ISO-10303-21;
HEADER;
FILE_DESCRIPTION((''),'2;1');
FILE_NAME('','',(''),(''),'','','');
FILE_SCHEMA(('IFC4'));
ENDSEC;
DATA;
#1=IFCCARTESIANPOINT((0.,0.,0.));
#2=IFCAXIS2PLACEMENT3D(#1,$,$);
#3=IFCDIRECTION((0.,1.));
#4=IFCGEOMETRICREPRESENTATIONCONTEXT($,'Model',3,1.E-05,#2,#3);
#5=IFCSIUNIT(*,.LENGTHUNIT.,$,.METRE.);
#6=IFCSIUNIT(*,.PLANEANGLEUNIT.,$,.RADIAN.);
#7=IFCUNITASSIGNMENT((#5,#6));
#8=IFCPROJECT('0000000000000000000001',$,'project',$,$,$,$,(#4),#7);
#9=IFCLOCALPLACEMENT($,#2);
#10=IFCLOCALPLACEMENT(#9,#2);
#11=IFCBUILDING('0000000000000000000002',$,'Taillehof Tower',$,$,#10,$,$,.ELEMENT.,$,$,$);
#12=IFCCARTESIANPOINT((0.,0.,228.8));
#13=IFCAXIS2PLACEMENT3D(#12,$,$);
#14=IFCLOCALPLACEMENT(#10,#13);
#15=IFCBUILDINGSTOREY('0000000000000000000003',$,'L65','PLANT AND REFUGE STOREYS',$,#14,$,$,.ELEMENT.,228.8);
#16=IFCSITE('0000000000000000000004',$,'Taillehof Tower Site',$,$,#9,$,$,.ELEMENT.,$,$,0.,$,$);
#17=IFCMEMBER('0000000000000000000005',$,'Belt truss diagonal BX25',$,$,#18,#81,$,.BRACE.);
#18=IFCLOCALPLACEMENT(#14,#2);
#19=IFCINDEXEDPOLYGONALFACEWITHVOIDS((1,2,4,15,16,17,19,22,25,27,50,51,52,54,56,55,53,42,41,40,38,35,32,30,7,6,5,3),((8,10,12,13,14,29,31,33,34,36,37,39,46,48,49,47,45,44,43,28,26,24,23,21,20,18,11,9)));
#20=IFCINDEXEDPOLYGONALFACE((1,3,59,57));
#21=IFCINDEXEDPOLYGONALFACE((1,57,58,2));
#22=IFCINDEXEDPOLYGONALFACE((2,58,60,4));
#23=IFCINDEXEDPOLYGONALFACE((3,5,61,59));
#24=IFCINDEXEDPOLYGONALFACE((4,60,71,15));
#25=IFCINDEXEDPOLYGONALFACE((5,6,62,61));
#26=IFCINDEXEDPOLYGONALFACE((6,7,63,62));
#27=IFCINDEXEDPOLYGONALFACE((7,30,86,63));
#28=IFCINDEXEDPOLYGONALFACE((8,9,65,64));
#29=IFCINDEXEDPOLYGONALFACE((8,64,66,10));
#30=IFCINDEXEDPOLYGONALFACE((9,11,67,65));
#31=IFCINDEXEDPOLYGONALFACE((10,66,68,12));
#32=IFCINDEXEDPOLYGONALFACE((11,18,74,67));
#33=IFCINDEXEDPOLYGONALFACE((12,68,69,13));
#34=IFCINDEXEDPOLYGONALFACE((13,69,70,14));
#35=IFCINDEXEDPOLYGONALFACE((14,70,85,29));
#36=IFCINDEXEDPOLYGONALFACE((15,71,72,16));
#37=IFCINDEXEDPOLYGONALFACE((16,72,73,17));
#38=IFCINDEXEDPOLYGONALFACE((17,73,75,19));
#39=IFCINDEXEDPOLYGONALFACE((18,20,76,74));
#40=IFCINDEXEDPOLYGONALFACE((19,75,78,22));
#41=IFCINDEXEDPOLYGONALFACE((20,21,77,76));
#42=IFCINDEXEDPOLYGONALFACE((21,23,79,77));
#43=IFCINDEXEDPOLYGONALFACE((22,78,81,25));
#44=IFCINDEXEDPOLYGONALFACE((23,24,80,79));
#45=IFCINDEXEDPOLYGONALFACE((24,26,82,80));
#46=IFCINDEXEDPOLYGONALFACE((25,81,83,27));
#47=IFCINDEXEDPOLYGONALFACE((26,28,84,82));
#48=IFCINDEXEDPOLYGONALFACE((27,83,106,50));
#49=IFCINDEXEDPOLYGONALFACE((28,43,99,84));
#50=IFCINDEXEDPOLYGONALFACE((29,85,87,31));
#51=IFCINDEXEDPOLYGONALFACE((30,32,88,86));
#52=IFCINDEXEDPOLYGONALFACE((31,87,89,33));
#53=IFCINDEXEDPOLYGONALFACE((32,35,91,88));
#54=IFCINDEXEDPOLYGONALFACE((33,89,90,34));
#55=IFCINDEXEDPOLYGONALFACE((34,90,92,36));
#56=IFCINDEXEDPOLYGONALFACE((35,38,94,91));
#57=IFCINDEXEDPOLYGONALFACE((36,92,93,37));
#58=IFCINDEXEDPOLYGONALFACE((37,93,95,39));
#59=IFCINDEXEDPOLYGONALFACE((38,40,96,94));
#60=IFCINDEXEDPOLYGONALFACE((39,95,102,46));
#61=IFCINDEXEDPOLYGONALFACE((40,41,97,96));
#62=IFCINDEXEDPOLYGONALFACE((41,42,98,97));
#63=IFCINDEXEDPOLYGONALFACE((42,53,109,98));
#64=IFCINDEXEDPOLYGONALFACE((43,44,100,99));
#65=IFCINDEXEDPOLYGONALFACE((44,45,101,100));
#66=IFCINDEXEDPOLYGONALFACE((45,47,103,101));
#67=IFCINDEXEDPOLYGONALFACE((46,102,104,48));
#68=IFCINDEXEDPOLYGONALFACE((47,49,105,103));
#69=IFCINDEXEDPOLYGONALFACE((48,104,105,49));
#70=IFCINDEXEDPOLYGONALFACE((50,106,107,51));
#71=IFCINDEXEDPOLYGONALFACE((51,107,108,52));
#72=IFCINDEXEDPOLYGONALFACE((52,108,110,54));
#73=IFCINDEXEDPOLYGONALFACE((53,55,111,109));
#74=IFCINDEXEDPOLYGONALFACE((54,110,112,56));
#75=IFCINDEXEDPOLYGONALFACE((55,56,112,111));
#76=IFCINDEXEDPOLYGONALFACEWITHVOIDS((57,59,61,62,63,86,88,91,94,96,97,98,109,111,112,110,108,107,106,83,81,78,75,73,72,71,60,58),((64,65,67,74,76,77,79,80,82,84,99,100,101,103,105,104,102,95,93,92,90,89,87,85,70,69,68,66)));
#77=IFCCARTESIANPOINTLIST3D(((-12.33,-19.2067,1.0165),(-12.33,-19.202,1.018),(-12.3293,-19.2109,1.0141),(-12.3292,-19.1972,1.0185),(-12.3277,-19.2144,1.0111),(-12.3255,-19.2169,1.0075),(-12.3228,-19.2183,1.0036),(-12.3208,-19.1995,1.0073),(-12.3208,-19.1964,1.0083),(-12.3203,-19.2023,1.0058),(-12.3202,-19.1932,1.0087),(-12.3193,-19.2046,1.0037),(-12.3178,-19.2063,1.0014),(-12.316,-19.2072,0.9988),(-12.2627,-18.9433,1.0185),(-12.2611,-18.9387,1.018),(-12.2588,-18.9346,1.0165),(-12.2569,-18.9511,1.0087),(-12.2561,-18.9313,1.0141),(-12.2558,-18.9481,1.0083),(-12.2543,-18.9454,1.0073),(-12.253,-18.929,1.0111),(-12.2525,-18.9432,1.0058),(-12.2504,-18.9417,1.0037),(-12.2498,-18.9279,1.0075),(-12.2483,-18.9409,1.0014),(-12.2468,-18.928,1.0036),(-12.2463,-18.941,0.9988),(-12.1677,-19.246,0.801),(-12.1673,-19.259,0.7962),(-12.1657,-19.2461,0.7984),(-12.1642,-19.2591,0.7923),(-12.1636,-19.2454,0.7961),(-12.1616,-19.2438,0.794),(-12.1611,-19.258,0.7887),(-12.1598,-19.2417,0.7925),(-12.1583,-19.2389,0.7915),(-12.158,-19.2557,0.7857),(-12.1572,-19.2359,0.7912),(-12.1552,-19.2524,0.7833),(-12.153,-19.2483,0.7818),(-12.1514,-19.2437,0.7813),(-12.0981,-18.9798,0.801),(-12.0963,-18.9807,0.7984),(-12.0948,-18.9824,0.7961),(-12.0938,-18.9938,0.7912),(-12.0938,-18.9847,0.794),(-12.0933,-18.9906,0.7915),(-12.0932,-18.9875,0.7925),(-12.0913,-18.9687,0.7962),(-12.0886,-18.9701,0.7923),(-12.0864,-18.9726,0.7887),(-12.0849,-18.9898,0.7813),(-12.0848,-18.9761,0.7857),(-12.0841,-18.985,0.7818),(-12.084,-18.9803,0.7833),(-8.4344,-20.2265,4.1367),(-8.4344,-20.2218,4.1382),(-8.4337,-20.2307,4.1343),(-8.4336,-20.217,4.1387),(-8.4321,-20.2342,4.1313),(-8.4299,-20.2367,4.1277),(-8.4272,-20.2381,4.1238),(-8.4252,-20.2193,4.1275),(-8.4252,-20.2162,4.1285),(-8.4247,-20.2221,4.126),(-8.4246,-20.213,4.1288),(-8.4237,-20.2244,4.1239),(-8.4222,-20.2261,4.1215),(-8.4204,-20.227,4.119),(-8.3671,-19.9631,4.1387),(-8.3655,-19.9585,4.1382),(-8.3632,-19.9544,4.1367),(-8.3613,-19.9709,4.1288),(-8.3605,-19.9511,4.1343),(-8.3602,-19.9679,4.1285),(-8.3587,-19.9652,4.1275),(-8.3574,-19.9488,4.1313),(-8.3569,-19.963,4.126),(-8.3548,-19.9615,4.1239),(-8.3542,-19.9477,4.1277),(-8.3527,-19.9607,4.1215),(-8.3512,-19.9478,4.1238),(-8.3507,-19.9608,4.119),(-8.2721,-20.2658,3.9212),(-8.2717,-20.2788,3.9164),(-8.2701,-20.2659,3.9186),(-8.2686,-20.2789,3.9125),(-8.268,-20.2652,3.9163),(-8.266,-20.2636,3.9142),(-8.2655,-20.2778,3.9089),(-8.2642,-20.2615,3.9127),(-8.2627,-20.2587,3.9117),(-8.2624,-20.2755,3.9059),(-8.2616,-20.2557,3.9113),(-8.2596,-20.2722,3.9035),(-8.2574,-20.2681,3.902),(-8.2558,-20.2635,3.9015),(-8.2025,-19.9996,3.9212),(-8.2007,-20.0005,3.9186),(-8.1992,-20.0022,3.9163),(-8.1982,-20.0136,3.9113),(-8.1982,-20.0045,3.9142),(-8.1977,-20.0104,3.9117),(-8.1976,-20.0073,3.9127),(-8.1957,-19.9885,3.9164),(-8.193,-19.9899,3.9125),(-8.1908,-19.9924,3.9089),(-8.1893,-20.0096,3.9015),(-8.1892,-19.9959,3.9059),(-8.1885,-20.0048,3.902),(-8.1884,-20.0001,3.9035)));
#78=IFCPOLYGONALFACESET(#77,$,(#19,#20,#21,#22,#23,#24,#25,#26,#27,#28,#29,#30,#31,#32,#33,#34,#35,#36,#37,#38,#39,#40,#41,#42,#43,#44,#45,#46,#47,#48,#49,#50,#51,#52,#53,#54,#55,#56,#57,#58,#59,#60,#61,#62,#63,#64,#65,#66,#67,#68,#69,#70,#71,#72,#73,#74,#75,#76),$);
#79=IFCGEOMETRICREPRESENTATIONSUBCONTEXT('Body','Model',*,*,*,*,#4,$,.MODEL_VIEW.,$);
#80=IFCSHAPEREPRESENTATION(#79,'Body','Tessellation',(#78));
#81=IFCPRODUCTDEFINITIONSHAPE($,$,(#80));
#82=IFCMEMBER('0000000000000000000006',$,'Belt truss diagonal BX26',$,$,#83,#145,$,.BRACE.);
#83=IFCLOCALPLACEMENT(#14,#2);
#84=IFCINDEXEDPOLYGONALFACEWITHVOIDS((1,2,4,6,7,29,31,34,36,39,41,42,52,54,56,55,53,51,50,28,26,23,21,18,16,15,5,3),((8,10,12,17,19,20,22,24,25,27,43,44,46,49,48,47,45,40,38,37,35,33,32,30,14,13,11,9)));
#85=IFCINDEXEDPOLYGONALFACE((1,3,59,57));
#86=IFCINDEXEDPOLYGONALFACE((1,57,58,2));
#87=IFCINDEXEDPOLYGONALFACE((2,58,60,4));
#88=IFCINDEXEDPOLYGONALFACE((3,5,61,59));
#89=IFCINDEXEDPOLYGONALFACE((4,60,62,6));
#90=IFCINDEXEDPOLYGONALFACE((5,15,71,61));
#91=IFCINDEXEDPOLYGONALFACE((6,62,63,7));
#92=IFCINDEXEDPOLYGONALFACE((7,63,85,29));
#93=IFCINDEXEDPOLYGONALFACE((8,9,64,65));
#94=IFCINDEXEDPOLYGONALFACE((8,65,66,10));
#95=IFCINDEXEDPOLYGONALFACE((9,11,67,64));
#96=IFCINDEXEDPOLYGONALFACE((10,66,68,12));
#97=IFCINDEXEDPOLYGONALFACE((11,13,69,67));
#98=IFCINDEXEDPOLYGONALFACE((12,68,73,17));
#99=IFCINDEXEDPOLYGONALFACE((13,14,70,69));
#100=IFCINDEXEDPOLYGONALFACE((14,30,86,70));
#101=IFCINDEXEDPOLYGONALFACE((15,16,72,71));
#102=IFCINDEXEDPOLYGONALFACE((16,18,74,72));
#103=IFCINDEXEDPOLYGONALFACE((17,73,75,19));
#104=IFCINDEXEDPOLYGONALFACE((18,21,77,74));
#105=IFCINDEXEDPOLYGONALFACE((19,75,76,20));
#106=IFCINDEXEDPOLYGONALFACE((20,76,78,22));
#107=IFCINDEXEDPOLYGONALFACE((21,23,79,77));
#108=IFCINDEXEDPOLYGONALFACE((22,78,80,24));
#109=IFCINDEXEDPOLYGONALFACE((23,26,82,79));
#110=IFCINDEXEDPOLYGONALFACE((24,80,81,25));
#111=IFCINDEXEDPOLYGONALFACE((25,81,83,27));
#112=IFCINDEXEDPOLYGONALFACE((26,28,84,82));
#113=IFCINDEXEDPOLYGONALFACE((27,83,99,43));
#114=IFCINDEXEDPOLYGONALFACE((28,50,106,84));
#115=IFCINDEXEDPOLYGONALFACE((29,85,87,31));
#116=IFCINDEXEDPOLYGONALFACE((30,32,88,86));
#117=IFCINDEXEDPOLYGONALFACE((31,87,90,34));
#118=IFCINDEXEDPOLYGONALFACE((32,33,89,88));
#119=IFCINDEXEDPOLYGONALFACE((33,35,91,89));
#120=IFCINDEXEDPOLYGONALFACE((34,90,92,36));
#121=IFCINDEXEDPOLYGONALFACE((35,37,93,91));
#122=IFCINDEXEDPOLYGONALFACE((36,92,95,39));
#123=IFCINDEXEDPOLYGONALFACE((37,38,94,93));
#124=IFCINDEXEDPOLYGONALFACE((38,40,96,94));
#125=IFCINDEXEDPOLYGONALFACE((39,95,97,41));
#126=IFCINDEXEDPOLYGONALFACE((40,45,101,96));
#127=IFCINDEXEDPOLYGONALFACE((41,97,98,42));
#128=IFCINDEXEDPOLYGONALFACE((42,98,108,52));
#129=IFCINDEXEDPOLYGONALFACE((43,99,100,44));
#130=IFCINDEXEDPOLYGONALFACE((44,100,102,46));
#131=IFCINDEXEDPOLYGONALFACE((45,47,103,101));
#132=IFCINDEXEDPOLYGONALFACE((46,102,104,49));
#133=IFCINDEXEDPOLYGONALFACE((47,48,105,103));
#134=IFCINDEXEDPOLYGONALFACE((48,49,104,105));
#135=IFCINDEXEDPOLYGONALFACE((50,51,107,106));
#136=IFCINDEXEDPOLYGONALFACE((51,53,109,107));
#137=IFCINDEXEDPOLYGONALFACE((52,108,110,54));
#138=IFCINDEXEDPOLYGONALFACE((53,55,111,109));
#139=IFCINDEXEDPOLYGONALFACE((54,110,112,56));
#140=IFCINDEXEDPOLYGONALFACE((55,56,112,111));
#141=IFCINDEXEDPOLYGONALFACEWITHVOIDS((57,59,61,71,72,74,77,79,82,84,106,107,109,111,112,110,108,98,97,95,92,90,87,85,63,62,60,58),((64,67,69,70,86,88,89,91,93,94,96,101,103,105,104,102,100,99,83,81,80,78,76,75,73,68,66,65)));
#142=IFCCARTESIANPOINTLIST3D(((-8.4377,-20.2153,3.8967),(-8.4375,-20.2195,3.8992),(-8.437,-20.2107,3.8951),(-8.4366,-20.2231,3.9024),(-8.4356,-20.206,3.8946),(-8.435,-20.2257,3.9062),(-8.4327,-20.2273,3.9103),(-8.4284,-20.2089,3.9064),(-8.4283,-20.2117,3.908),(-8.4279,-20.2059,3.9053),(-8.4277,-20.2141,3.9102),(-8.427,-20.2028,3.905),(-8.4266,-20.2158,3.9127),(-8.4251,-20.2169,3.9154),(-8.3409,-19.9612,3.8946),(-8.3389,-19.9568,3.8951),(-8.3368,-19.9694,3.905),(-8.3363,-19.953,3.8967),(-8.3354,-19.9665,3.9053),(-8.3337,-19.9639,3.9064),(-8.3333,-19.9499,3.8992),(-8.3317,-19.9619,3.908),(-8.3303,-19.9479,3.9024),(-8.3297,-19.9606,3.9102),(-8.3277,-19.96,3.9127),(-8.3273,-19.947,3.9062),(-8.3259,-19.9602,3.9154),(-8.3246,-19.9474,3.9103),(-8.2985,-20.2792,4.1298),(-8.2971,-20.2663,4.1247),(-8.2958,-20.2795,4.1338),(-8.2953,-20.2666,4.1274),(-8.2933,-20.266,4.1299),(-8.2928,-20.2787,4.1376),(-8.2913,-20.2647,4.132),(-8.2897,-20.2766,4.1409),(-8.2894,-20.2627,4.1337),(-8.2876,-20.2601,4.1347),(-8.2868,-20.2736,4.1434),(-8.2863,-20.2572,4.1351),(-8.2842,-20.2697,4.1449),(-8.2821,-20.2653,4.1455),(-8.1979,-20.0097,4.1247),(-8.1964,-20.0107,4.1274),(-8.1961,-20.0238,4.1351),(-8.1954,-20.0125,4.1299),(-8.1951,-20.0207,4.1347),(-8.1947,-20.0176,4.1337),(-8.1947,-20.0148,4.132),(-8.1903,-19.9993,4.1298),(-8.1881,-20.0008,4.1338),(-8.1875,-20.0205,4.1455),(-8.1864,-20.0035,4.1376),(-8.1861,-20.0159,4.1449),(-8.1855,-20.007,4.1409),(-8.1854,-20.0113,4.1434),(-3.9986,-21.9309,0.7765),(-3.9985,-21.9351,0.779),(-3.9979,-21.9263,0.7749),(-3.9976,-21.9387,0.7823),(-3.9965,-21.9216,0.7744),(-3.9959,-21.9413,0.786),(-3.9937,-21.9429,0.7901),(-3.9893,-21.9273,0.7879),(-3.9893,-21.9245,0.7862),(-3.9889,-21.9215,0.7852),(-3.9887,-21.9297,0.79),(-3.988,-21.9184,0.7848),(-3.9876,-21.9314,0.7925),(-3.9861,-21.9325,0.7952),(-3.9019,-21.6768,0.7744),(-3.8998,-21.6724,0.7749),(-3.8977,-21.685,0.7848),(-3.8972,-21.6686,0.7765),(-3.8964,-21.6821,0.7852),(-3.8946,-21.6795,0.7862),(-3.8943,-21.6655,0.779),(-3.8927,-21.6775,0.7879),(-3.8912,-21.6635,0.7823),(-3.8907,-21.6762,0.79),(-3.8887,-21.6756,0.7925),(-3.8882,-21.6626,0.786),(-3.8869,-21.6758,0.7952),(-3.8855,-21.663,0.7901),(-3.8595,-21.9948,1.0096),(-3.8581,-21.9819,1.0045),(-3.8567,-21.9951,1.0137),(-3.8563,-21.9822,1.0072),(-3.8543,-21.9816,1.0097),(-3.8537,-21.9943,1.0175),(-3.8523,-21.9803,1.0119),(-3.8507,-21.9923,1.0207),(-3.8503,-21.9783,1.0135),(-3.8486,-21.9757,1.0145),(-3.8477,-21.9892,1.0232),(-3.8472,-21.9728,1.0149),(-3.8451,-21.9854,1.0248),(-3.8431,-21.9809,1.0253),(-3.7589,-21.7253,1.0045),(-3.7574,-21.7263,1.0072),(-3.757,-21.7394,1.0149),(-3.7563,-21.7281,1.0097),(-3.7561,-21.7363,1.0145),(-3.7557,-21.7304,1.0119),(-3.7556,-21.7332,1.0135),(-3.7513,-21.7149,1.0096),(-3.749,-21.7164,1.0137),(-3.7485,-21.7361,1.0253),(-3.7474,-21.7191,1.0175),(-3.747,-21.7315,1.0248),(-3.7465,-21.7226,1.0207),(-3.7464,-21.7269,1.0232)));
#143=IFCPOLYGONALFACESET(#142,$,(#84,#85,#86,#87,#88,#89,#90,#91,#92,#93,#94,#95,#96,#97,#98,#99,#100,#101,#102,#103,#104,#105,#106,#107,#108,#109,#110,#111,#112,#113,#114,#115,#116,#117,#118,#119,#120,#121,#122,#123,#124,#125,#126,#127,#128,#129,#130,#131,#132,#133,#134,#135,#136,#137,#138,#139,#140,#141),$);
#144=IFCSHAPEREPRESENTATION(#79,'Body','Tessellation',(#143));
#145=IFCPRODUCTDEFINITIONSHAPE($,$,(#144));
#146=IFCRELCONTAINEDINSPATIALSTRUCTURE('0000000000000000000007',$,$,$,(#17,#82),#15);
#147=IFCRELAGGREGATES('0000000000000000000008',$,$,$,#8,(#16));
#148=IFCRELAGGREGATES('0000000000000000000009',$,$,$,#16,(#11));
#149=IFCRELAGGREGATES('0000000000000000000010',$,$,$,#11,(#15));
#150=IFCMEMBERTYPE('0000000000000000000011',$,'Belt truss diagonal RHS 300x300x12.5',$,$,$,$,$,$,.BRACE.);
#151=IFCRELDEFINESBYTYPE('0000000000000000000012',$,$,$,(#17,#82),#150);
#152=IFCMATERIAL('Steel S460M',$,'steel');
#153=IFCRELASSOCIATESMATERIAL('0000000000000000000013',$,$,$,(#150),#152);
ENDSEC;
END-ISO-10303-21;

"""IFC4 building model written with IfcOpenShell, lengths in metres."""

from ifc_helpers import new_model, si_unit, direction, frame, origin, origin_2d, place, context, subcontext, project, spatial, hollow_rectangle, extrude, material, material_profile, profile_set, type_object, element, save


model = new_model("IFC4")

# Units and contexts
model_context = context("Model", 3, precision=1e-05, world=origin(), true_north=direction((0.0, 1.0)))
body_context = subcontext(model_context, "Body", "Model", "MODEL_VIEW")
ifc_project = project(units=[si_unit("LENGTHUNIT", "METRE"), si_unit("PLANEANGLEUNIT", "RADIAN")], contexts=[model_context])

# Site, building, storey
site_placement = place(None, origin())
site = spatial("IfcSite", under=ifc_project, at=site_placement, Name="Taillehof Tower Site", CompositionType="ELEMENT", RefElevation=0.0)
building_placement = place(site_placement, origin())
building = spatial("IfcBuilding", under=site, at=building_placement, Name="Taillehof Tower", CompositionType="ELEMENT")
storey_placement = place(building_placement, frame((0.0, 0.0, 228.8)))
storey = spatial("IfcBuildingStorey", under=building, at=storey_placement, Name="L65", Description="PLANT AND REFUGE STOREYS", CompositionType="ELEMENT", Elevation=228.8)

# Members
ifc_material_1 = material(Name="Steel S460M", Category="steel")
ifc_material_profile_1 = material_profile(ifc_material_1, hollow_rectangle(XDim=0.3, YDim=0.3, WallThickness=0.0125, InnerFilletRadius=0.0125, OuterFilletRadius=0.0188, at=origin_2d()), Name="RHS 300x300x12.5")
ifc_profile_set_1 = profile_set([ifc_material_profile_1], Name="Steel S460M")
member_type_1 = type_object("IfcMemberType", Name="Belt truss diagonal RHS 300x300x12.5", PredefinedType="BRACE", material=ifc_profile_set_1)
member_1_placement = place(storey_placement, frame((-12.207, -19.0935, 0.8999), z_axis=(0.764707, -0.200187, 0.612494), x_axis=(0.253249, 0.967401, 0.0)))
element("IfcMember", 1, at=member_1_placement, inside=storey, type_object=member_type_1, Name="Belt truss diagonal BX25", PredefinedType="BRACE", context=body_context, shape_type="SweptSolid", body=[
    extrude(hollow_rectangle(XDim=0.3, YDim=0.3, WallThickness=0.0125, InnerFilletRadius=0.0125, OuterFilletRadius=0.0188, at=origin_2d()), origin(), (0.0, 0.0, 1.0), 5.0942),
])
member_2_placement = place(storey_placement, frame((-8.3115, -20.1133, 4.02), z_axis=(0.780054, -0.301476, -0.548295), x_axis=(0.360495, 0.932761, 0.0)))
element("IfcMember", 2, at=member_2_placement, inside=storey, type_object=member_type_1, Name="Belt truss diagonal BX26", PredefinedType="BRACE", context=body_context, shape_type="SweptSolid", body=[
    extrude(hollow_rectangle(XDim=0.3, YDim=0.3, WallThickness=0.0125, InnerFilletRadius=0.0125, OuterFilletRadius=0.0188, at=origin_2d()), origin(), (0.0, 0.0, 1.0), 5.6907),
])

save(model, "model.ifc")
